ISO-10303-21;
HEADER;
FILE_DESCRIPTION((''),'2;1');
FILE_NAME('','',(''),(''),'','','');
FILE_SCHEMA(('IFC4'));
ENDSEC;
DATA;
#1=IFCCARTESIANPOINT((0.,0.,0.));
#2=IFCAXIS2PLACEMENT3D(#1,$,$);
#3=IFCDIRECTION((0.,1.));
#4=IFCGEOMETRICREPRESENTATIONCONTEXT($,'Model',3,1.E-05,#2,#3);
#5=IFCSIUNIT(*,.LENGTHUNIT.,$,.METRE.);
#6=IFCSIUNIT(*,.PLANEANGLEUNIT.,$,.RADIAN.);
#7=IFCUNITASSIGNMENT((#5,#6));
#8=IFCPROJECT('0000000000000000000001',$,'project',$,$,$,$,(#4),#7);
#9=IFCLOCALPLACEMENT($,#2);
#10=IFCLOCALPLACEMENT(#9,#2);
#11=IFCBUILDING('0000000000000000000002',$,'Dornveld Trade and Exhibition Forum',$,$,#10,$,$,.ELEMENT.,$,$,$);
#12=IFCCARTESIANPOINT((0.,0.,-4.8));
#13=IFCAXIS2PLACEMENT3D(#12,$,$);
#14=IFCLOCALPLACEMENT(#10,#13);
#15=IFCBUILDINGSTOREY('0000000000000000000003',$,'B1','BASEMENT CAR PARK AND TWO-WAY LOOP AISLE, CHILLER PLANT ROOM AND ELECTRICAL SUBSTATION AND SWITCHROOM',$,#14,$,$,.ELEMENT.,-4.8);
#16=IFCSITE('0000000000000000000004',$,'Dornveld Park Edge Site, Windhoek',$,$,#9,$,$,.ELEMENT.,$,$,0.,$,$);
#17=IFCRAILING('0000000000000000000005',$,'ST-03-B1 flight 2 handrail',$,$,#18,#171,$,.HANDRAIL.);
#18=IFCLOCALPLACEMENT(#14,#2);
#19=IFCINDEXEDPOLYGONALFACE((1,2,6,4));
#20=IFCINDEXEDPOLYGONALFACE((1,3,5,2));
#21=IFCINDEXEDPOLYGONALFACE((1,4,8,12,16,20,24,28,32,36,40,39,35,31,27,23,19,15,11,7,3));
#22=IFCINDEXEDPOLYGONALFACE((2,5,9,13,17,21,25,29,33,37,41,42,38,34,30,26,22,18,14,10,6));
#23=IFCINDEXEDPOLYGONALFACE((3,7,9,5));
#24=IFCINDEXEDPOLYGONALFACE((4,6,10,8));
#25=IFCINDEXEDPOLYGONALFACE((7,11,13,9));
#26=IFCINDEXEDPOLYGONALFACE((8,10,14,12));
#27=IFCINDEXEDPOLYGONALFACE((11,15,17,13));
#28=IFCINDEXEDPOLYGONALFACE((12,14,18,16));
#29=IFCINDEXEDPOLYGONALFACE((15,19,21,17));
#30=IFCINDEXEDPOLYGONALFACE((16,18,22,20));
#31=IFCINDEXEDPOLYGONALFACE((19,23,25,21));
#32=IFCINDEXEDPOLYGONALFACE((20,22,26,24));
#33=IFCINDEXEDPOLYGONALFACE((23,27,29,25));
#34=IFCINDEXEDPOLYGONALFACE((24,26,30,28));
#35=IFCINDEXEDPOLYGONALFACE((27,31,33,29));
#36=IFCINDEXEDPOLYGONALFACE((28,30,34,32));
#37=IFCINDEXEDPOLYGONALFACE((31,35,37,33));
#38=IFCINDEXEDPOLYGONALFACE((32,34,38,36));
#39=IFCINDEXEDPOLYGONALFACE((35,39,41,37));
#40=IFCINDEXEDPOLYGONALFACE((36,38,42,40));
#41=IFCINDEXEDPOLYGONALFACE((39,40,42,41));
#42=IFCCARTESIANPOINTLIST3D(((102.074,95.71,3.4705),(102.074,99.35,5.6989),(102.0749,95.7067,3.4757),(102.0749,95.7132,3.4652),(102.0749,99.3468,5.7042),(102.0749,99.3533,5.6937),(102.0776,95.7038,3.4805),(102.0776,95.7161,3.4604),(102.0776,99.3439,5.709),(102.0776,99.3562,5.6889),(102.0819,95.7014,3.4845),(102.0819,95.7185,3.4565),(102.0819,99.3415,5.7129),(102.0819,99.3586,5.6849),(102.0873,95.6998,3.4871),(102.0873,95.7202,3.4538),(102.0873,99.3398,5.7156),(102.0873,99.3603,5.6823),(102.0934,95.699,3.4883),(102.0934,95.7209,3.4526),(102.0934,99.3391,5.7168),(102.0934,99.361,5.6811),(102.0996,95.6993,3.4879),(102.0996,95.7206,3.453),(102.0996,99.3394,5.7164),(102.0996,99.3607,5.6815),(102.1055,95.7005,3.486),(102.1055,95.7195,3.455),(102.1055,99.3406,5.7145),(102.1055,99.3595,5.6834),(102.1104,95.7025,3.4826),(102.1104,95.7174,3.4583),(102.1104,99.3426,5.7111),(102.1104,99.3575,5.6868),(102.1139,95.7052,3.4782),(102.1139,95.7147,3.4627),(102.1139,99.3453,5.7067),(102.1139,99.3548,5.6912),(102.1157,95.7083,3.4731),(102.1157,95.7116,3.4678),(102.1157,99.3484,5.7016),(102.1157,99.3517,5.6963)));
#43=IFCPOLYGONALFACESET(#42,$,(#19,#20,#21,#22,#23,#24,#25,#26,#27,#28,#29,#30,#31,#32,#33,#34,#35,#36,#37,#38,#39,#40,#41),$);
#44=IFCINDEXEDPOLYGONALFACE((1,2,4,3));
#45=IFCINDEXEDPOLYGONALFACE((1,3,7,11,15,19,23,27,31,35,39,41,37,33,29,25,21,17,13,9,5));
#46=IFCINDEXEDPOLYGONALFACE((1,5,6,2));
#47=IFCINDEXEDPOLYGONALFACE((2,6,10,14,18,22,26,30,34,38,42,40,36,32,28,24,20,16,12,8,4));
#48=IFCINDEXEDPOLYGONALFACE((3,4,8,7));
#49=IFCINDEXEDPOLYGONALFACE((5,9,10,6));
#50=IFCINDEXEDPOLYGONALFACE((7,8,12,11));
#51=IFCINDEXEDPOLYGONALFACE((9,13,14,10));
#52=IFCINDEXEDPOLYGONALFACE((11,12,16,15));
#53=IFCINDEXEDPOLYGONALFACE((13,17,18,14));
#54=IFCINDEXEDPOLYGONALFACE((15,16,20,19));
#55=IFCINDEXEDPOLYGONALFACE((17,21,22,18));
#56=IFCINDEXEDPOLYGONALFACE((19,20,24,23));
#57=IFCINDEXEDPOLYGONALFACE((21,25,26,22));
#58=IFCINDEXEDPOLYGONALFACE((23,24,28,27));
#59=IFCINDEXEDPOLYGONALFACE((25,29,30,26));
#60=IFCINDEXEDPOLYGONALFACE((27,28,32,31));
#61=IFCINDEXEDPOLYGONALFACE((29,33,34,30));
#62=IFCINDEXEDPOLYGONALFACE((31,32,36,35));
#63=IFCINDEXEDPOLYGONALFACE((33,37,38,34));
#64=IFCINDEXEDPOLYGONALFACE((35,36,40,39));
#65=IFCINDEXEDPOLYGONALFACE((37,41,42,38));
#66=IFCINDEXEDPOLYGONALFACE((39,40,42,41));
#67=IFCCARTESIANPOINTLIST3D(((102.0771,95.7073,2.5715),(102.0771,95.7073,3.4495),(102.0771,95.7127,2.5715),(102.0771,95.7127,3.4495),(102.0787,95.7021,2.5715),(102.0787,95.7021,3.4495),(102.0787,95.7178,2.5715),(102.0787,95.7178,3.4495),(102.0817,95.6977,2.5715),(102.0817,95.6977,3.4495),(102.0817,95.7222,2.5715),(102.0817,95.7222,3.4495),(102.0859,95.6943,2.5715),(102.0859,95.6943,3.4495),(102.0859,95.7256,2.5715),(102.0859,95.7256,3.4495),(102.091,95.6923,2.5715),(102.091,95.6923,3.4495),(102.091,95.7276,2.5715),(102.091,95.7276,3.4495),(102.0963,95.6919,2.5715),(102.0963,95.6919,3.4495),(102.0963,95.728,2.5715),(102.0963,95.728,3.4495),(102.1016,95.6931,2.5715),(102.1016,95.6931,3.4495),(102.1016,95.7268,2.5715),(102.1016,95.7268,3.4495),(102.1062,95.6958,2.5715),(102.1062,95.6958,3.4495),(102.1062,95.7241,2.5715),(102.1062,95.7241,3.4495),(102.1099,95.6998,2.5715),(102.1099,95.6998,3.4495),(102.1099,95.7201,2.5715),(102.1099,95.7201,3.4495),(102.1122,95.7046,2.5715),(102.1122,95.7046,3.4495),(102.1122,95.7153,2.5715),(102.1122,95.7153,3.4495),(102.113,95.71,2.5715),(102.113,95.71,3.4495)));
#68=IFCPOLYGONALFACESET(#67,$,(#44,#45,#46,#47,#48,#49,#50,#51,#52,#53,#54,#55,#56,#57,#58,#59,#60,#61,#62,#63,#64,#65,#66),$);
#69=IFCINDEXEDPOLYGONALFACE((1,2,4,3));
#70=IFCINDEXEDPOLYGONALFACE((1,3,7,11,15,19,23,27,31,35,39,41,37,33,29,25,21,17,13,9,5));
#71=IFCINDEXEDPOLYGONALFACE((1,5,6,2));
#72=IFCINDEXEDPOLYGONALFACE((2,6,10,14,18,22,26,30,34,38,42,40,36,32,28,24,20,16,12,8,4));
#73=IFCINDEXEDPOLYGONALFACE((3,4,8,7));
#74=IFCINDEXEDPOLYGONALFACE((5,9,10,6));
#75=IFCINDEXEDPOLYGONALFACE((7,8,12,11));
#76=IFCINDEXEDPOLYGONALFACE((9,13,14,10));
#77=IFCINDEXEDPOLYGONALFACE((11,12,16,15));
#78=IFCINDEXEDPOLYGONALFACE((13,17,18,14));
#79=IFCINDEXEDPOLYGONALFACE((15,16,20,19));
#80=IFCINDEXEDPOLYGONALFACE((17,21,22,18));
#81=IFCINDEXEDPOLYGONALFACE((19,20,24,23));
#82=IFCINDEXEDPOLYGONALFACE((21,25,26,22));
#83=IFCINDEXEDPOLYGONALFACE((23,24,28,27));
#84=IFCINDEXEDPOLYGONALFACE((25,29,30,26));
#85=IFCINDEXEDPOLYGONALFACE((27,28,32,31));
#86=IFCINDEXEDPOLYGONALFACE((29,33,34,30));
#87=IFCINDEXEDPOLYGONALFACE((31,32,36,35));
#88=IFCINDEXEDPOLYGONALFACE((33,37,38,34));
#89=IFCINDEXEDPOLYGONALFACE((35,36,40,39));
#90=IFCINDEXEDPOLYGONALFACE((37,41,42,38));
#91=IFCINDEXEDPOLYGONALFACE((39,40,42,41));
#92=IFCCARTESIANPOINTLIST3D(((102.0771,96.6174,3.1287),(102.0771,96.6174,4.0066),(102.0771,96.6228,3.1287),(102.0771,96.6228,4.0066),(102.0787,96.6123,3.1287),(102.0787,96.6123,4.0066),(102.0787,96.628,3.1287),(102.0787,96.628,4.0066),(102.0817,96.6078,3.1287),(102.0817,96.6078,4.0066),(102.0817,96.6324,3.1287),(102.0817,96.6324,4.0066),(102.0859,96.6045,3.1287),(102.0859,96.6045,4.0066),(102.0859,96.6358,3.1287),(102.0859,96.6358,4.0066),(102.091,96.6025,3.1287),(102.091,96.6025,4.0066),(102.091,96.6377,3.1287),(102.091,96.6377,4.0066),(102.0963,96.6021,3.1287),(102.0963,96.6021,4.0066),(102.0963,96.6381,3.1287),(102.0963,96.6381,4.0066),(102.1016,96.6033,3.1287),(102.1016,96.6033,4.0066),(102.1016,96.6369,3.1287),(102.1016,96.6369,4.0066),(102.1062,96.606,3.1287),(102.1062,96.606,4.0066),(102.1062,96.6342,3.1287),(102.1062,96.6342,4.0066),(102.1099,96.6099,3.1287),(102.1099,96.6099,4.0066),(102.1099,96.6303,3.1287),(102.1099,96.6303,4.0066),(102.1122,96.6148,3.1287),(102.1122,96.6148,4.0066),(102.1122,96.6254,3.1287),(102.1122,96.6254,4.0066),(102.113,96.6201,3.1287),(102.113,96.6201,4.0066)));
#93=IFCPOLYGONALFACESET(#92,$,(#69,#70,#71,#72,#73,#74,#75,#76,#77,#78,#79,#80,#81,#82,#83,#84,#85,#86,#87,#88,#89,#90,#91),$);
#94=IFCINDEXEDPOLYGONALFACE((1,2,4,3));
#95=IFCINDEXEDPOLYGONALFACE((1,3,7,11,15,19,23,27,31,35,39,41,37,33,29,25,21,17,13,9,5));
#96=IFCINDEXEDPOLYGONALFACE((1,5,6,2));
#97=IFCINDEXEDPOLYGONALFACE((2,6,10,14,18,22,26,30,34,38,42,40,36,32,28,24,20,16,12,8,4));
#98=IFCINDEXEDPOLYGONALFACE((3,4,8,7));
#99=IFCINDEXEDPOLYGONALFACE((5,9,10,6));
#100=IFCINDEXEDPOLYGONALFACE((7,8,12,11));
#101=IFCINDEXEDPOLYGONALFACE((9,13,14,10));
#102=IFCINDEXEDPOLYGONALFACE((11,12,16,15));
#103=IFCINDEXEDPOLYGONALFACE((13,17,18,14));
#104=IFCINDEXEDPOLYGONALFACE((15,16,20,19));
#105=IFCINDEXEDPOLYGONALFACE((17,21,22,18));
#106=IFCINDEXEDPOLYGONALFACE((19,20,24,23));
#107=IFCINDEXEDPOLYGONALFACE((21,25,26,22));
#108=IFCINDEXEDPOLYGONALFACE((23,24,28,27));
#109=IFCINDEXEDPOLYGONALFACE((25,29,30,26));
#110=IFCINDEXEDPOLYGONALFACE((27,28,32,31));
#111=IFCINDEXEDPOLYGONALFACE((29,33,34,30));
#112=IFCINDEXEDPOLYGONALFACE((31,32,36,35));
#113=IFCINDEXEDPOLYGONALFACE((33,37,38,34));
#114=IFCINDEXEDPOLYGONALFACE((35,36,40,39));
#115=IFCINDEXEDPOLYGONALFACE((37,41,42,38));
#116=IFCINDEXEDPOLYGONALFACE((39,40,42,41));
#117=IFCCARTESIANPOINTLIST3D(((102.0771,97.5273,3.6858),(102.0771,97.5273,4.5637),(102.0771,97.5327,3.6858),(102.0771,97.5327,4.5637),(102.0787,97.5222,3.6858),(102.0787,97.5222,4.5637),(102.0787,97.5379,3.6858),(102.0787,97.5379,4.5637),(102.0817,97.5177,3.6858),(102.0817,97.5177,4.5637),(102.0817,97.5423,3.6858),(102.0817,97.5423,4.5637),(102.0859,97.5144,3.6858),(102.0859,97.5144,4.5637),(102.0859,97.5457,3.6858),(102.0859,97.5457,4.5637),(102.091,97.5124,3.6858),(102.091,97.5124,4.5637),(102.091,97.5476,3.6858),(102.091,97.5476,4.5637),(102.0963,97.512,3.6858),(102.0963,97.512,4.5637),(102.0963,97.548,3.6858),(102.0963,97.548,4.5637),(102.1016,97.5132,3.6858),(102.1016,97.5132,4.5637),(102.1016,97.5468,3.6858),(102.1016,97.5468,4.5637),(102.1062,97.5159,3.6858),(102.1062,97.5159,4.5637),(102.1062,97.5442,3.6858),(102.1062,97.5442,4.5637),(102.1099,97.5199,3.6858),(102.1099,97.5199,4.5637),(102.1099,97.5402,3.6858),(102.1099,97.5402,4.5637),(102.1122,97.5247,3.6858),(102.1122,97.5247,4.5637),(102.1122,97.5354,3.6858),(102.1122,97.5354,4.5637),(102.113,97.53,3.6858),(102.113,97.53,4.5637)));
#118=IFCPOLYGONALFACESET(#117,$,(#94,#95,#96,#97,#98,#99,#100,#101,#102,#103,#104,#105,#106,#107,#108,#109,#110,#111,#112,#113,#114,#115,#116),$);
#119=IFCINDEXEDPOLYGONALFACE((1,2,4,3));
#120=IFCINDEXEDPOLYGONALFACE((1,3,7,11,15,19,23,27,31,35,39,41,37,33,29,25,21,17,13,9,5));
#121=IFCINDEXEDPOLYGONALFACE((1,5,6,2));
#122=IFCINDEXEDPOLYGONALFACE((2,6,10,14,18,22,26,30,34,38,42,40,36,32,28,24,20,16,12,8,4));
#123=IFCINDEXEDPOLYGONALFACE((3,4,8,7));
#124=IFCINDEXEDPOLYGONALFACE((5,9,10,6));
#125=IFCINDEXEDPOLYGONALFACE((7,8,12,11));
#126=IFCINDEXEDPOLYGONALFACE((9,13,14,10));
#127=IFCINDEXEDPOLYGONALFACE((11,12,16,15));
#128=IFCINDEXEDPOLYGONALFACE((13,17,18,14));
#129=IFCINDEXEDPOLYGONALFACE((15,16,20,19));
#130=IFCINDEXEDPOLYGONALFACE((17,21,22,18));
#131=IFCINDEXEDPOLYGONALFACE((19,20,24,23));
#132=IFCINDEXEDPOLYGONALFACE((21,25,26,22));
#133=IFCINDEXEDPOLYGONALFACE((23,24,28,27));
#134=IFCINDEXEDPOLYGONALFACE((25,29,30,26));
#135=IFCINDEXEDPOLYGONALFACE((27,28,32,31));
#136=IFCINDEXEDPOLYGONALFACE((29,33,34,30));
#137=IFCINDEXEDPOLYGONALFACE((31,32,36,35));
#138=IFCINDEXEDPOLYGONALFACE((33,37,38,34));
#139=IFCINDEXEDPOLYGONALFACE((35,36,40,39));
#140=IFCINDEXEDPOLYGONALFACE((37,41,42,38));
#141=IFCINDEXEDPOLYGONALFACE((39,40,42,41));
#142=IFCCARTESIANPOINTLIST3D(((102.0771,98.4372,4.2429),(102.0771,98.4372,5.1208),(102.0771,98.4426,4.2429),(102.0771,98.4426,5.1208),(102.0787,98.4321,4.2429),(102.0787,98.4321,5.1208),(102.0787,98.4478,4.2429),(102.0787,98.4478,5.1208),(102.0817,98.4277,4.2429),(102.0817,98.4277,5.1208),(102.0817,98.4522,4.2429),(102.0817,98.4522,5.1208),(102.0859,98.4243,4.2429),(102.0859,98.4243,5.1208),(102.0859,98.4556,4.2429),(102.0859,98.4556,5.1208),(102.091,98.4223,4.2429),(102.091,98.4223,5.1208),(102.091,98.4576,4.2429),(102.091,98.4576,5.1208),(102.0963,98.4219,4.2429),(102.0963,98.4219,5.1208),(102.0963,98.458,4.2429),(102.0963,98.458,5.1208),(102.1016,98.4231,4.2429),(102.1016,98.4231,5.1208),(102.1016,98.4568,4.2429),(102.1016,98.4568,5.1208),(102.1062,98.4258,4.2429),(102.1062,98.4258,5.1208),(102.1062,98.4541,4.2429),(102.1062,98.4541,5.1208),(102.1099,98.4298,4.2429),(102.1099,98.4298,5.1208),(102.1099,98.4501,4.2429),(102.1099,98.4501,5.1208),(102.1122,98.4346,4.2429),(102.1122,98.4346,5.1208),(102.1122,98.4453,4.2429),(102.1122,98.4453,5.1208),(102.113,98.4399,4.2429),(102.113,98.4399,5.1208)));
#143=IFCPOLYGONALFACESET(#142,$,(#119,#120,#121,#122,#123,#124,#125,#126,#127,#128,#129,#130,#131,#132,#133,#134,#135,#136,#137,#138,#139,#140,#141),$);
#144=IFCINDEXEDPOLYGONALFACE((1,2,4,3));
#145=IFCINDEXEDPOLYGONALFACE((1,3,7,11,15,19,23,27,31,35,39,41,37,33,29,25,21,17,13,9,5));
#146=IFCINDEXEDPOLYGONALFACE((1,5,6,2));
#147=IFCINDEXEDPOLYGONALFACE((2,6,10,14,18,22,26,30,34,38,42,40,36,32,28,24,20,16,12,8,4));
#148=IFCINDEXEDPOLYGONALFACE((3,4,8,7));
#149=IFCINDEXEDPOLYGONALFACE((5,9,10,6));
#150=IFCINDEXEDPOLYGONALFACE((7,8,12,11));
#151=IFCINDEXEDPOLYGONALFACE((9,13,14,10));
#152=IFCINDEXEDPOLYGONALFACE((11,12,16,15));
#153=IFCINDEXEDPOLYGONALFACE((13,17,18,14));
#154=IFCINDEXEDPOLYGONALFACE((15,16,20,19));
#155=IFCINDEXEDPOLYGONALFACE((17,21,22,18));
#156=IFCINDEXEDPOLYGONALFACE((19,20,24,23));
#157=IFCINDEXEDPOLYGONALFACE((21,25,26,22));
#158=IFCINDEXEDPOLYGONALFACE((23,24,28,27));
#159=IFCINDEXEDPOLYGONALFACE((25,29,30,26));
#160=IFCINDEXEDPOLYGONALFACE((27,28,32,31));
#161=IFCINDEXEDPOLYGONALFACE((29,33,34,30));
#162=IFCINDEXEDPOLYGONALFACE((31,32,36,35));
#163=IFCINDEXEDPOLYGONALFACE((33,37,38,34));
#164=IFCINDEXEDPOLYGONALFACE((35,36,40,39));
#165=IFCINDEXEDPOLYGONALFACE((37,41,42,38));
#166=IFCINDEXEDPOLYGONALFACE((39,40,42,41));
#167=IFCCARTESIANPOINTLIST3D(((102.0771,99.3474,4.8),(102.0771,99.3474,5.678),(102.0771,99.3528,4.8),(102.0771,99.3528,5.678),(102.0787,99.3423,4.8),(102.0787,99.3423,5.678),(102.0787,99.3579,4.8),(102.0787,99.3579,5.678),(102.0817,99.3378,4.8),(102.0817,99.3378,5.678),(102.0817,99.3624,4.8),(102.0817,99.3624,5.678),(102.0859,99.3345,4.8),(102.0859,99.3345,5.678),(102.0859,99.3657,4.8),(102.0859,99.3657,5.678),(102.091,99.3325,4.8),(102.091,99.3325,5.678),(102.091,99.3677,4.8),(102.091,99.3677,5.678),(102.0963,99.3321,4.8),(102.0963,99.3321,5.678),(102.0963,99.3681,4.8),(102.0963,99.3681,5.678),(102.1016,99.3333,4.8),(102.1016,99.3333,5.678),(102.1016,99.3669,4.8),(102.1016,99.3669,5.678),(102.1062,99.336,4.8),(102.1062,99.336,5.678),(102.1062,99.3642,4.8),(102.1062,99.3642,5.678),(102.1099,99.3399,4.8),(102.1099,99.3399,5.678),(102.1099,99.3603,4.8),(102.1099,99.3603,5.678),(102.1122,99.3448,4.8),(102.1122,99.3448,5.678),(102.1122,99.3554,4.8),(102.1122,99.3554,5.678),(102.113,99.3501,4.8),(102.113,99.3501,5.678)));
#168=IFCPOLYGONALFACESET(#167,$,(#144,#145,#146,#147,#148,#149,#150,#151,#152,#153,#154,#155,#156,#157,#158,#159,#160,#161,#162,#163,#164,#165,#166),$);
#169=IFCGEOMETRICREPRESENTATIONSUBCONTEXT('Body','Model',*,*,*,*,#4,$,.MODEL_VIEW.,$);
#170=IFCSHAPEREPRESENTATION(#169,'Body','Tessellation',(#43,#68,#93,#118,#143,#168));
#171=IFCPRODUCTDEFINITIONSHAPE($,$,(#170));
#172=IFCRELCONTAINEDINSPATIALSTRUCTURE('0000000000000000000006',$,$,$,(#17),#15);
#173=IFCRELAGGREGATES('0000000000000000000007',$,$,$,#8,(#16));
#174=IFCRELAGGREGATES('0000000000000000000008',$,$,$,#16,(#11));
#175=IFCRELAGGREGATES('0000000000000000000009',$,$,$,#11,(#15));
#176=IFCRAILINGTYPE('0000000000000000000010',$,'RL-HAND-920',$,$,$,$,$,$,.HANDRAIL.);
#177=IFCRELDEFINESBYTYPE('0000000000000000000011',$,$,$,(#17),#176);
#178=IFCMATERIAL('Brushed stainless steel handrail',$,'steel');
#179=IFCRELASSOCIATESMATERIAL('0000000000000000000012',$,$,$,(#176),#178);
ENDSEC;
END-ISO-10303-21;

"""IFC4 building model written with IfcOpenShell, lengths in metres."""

from ifc_helpers import new_model, si_unit, direction, frame, origin, origin_2d, place, context, subcontext, project, spatial, circle, extrude, material, type_object, element, save


model = new_model("IFC4")

# Units and contexts
model_context = context("Model", 3, precision=1e-05, world=origin(), true_north=direction((0.0, 1.0)))
body_context = subcontext(model_context, "Body", "Model", "MODEL_VIEW")
ifc_project = project(units=[si_unit("LENGTHUNIT", "METRE"), si_unit("PLANEANGLEUNIT", "RADIAN")], contexts=[model_context])

# Site, building, storey
site_placement = place(None, origin())
site = spatial("IfcSite", under=ifc_project, at=site_placement, Name="Dornveld Park Edge Site, Windhoek", CompositionType="ELEMENT", RefElevation=0.0)
building_placement = place(site_placement, origin())
building = spatial("IfcBuilding", under=site, at=building_placement, Name="Dornveld Trade and Exhibition Forum", CompositionType="ELEMENT")
storey_placement = place(building_placement, frame((0.0, 0.0, -4.8)))
storey = spatial("IfcBuildingStorey", under=building, at=storey_placement, Name="B1", Description="BASEMENT CAR PARK AND TWO-WAY LOOP AISLE, CHILLER PLANT ROOM AND ELECTRICAL SUBSTATION AND SWITCHROOM", CompositionType="ELEMENT", Elevation=-4.8)

# Railing
ifc_material_1 = material(Name="Brushed stainless steel handrail", Category="steel")
railing_type_1 = type_object("IfcRailingType", Name="RL-HAND-920", PredefinedType="HANDRAIL", material=ifc_material_1)
railing_1_placement = place(storey_placement, frame((102.095, 95.71, 2.5715)))
element("IfcRailing", 1, at=railing_1_placement, inside=storey, type_object=railing_type_1, Name="ST-03-B1 flight 2 handrail", PredefinedType="HANDRAIL", context=body_context, shape_type="SweptSolid", body=[
    extrude(circle(Radius=0.021, at=origin_2d()), frame((0.0, 0.0, 0.8989), z_axis=(0.0, 0.852866, 0.52213), x_axis=(-1.0, 0.0, 0.0)), (0.0, 0.0, 1.0), 4.2681),
    extrude(circle(Radius=0.0181, at=origin_2d()), origin(), (0.0, 0.0, 1.0), 0.8779),
    extrude(circle(Radius=0.0181, at=origin_2d()), frame((0.0, 0.9102, 0.5571)), (0.0, 0.0, 1.0), 0.8779),
    extrude(circle(Radius=0.0181, at=origin_2d()), frame((0.0, 1.8201, 1.1143)), (0.0, 0.0, 1.0), 0.8779),
    extrude(circle(Radius=0.0181, at=origin_2d()), frame((0.0, 2.73, 1.6714)), (0.0, 0.0, 1.0), 0.8779),
    extrude(circle(Radius=0.0181, at=origin_2d()), frame((0.0, 3.6401, 2.2285)), (0.0, 0.0, 1.0), 0.8779),
])

save(model, "model.ifc")
